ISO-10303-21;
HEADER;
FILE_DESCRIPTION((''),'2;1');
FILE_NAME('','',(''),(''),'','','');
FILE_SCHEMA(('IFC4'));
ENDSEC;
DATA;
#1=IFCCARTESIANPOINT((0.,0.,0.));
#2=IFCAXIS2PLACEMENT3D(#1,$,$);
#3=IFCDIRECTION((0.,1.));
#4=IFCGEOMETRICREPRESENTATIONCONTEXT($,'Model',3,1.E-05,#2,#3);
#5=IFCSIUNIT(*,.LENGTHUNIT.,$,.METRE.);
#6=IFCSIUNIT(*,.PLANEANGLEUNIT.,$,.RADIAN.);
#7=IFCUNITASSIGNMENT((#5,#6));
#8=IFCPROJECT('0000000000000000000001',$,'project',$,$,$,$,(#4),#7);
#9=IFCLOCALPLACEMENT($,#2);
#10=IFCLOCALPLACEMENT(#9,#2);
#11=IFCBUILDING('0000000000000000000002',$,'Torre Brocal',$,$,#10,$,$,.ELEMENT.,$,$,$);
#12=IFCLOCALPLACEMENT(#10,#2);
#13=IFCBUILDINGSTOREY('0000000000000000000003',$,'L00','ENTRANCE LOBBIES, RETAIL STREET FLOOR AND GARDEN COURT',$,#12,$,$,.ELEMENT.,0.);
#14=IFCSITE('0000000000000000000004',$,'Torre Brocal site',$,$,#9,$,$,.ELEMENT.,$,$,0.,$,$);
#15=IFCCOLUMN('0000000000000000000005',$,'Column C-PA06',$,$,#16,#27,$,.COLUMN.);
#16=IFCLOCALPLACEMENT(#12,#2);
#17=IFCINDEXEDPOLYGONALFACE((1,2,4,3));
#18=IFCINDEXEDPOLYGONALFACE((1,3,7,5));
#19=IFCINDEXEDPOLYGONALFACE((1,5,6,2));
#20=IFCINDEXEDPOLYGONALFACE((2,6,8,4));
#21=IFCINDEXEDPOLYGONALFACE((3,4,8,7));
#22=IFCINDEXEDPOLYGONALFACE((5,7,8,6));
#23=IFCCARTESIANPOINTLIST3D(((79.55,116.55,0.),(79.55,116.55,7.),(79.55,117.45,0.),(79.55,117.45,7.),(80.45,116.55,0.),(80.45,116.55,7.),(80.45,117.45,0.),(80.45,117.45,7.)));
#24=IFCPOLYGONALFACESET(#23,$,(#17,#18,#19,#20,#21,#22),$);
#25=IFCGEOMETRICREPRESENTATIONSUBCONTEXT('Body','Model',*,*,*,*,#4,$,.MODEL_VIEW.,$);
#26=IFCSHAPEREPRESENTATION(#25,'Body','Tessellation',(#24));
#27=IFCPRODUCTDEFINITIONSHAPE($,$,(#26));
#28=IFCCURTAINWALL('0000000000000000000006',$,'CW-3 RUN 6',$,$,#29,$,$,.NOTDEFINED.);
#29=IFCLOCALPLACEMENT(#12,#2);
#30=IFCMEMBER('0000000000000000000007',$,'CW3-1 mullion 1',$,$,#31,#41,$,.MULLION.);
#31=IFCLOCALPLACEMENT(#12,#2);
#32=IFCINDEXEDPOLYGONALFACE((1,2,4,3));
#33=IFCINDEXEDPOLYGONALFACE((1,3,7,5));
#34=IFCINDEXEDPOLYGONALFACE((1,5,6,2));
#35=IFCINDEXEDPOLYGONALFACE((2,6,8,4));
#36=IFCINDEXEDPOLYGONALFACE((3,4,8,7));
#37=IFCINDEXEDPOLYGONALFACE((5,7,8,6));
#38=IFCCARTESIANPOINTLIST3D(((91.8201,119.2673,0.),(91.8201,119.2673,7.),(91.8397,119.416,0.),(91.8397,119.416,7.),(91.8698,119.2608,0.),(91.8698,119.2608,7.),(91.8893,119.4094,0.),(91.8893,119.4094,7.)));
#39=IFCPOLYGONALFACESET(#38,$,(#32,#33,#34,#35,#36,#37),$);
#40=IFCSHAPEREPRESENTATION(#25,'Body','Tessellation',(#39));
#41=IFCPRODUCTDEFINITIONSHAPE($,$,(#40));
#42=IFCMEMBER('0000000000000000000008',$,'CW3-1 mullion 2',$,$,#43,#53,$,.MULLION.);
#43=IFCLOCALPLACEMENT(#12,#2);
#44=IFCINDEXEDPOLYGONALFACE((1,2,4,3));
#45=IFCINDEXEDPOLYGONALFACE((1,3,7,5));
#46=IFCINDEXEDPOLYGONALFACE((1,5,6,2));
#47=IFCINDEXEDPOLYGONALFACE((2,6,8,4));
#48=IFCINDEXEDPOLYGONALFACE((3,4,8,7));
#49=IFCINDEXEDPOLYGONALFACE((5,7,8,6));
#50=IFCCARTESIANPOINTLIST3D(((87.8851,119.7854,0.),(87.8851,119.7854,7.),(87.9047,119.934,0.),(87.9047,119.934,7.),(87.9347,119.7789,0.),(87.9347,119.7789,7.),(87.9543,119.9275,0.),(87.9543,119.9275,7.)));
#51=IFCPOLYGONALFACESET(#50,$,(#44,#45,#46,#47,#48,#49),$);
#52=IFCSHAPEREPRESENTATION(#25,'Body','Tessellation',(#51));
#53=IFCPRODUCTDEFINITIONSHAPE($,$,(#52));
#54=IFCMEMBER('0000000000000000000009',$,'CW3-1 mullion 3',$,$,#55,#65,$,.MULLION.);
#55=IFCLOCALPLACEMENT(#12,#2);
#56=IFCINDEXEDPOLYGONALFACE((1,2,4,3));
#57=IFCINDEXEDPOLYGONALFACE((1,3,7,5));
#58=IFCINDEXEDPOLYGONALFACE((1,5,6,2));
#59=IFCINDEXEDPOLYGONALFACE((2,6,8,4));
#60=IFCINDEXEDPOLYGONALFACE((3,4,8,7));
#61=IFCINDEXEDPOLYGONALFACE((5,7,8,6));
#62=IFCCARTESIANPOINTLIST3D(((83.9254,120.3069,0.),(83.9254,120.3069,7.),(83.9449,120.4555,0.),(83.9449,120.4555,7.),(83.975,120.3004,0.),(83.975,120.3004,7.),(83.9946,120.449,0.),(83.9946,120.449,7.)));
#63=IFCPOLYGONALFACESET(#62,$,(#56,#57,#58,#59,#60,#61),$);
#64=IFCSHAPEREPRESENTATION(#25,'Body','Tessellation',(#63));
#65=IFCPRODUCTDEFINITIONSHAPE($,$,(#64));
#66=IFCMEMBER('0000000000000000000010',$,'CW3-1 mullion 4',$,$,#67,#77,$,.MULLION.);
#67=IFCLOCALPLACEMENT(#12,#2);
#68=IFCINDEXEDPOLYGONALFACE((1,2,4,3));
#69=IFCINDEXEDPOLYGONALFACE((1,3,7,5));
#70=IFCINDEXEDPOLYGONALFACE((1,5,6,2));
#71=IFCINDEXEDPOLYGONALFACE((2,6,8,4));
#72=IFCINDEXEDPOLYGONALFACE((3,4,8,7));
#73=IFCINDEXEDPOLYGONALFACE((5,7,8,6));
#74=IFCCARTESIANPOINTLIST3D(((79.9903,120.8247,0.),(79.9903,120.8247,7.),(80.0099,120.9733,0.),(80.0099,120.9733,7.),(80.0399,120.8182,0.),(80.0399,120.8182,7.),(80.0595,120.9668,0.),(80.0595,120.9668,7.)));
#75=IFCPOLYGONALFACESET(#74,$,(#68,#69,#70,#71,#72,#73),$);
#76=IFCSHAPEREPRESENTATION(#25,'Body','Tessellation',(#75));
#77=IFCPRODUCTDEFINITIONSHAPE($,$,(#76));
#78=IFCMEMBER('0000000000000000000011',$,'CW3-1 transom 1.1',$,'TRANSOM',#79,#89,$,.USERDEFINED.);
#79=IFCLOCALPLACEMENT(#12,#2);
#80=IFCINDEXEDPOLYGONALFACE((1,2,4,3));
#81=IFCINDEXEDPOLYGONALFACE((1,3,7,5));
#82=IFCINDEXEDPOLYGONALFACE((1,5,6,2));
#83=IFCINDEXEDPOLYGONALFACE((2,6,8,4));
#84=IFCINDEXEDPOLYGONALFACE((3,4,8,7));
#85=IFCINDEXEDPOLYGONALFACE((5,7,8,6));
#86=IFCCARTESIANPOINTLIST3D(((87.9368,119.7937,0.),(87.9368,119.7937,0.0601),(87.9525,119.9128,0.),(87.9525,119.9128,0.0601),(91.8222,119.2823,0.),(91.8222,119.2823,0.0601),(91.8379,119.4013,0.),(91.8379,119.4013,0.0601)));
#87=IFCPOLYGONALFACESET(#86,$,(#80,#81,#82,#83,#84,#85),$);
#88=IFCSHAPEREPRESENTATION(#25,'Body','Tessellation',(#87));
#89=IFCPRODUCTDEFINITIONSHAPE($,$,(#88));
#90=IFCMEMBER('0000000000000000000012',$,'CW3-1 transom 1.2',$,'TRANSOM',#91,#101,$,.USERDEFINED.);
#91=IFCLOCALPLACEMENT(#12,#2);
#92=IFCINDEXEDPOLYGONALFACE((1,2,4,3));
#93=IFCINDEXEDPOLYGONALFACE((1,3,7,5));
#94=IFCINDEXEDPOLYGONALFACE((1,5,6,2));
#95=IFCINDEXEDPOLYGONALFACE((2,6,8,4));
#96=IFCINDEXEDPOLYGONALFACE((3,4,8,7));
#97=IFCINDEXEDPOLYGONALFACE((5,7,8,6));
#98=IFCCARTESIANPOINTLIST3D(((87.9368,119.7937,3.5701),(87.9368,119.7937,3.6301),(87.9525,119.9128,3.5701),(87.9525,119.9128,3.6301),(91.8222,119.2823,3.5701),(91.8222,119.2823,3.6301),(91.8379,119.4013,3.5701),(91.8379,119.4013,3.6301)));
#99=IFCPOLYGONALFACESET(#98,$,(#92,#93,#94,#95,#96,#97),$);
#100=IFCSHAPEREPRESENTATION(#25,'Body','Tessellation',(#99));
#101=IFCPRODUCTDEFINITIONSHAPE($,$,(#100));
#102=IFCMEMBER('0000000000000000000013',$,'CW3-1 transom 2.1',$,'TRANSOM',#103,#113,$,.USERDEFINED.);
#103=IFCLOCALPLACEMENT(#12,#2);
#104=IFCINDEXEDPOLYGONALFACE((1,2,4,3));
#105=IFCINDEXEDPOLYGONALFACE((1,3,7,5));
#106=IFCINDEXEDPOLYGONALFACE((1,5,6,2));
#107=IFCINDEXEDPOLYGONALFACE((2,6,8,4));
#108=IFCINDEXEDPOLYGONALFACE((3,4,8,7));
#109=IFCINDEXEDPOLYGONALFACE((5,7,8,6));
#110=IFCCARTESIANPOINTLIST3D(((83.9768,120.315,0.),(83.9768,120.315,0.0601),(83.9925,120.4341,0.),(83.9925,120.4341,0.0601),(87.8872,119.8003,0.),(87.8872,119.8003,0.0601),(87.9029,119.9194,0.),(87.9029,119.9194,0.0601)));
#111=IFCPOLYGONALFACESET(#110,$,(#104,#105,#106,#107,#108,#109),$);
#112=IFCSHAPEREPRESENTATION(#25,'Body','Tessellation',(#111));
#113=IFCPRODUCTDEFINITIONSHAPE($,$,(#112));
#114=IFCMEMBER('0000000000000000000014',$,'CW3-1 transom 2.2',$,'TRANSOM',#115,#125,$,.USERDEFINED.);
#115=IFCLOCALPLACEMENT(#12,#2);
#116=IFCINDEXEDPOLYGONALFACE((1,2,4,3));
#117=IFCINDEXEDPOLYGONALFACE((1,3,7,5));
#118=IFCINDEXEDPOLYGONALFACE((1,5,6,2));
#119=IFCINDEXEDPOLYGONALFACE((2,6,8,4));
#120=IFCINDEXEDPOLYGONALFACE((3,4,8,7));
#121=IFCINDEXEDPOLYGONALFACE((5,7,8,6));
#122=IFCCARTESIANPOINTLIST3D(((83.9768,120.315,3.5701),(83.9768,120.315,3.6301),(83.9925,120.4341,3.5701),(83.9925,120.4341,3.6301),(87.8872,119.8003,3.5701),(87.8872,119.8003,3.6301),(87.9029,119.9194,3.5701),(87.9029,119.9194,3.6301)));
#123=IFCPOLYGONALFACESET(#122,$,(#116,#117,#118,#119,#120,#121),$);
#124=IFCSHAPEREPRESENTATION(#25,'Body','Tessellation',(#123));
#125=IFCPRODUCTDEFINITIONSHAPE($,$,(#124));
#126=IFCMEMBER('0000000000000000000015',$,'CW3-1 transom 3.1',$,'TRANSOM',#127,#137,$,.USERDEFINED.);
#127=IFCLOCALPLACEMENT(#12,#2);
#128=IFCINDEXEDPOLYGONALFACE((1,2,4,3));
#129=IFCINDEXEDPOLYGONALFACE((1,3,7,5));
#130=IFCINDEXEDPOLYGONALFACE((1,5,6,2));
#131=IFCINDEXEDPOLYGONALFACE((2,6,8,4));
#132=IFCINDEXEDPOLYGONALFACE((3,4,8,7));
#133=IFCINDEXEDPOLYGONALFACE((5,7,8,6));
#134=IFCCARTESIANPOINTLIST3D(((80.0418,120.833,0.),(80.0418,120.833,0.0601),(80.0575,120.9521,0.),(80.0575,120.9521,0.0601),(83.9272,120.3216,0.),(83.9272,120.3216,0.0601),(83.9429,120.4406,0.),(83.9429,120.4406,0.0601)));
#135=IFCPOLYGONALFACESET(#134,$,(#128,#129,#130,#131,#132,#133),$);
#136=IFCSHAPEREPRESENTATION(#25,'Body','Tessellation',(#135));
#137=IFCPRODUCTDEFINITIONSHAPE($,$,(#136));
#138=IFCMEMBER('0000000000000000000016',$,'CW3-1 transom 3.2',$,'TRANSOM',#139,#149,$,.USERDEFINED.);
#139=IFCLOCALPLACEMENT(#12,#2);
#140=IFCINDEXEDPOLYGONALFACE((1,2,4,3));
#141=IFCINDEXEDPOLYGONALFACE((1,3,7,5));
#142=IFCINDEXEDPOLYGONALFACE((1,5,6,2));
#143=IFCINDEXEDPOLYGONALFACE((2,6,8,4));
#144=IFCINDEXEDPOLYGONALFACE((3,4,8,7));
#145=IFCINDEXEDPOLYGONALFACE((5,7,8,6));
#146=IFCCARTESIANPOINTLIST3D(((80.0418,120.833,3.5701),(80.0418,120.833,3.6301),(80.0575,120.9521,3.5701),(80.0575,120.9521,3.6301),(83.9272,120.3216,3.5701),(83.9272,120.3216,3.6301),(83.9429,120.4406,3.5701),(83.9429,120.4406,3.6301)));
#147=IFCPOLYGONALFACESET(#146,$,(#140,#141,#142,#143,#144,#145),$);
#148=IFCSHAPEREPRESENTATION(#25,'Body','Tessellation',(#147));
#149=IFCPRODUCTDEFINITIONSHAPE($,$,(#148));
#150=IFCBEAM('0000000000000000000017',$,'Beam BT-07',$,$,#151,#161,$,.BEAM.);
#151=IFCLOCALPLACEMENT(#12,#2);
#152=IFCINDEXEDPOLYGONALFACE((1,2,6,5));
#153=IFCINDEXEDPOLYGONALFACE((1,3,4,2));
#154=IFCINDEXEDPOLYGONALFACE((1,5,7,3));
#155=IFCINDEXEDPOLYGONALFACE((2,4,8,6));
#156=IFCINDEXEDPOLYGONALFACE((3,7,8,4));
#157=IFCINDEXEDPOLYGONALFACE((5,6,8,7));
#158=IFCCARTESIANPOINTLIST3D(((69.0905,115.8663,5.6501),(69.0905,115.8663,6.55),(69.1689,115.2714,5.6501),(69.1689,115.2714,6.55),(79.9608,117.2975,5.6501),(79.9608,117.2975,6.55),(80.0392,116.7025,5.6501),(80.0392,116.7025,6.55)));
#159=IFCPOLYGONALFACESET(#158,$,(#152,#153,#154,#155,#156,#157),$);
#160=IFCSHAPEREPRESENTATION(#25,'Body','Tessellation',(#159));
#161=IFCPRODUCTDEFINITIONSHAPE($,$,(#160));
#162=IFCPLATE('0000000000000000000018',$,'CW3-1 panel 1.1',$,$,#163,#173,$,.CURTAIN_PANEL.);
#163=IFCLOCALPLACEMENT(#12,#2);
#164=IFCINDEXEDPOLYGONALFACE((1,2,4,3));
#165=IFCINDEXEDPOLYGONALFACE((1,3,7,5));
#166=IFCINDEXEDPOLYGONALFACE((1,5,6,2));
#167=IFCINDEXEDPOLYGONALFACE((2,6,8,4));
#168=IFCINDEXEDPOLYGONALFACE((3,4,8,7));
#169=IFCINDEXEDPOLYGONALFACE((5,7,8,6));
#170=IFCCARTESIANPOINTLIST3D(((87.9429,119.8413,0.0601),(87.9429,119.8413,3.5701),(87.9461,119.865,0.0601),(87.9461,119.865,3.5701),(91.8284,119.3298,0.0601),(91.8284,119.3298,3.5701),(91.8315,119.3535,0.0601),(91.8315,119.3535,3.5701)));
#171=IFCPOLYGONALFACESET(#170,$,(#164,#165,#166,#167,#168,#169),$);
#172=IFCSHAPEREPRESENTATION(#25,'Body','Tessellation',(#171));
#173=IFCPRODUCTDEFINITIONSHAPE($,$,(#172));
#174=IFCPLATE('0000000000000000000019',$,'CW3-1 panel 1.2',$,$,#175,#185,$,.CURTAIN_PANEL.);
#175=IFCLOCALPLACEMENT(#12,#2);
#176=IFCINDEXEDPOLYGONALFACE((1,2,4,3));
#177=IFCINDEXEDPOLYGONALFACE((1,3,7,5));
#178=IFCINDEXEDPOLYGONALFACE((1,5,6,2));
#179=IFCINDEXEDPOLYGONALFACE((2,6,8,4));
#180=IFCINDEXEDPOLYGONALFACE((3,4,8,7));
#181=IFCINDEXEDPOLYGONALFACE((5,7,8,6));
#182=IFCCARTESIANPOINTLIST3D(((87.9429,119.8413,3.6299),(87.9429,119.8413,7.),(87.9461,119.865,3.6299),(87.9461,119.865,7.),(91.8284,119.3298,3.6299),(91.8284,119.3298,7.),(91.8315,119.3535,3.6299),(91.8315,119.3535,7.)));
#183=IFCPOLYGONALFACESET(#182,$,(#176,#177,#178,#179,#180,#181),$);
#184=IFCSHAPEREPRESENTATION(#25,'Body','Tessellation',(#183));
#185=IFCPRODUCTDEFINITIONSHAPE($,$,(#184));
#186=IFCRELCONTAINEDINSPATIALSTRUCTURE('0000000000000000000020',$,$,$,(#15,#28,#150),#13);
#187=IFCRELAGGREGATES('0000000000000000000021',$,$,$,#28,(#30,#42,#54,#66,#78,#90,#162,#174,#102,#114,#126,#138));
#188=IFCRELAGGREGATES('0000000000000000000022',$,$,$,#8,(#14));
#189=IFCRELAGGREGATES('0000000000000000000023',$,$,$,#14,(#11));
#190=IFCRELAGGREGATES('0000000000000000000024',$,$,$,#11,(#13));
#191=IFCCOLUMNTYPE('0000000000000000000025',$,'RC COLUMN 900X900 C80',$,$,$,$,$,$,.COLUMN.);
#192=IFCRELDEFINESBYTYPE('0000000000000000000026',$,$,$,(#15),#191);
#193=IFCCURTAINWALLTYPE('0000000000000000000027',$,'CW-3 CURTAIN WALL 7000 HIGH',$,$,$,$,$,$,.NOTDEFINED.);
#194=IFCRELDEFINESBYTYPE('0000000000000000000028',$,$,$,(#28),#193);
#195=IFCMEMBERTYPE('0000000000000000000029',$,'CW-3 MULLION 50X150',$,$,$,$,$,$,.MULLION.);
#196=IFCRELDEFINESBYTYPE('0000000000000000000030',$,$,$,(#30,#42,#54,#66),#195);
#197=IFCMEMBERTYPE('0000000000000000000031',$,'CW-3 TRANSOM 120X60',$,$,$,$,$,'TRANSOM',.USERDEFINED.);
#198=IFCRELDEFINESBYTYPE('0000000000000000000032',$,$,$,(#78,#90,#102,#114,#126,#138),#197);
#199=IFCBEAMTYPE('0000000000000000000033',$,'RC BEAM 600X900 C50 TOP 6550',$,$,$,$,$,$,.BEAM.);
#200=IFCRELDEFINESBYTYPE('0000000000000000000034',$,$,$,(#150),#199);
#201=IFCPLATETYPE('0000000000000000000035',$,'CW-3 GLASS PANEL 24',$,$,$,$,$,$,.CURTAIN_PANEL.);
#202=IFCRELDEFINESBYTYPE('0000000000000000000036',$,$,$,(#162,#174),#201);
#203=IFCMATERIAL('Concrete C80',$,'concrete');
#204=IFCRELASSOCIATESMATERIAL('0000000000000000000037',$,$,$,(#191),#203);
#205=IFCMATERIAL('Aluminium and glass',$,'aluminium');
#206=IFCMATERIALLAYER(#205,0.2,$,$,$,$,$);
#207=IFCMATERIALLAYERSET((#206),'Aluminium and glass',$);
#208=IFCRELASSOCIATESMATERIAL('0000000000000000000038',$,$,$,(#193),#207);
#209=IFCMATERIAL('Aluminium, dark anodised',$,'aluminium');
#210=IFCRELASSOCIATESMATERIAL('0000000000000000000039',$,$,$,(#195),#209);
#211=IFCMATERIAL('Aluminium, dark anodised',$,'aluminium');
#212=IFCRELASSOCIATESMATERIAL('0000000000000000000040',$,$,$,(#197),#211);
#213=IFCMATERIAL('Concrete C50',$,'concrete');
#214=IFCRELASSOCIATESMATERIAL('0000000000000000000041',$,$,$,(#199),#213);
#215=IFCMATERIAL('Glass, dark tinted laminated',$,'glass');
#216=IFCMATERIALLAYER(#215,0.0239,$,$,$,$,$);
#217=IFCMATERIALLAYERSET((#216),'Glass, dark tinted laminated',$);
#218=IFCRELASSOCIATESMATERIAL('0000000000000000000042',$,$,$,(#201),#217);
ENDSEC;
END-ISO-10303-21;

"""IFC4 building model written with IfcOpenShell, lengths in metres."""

from ifc_helpers import new_model, si_unit, direction, frame, origin, origin_2d, place, context, subcontext, project, spatial, rectangle, extrude, material, layer, layer_set, material_profile, profile_set, type_object, element, aggregate, save


model = new_model("IFC4")

# Units and contexts
model_context = context("Model", 3, precision=1e-05, world=origin(), true_north=direction((0.0, 1.0)))
body_context = subcontext(model_context, "Body", "Model", "MODEL_VIEW")
ifc_project = project(units=[si_unit("LENGTHUNIT", "METRE"), si_unit("PLANEANGLEUNIT", "RADIAN")], contexts=[model_context])

# Site, building, storey
site_placement = place(None, origin())
site = spatial("IfcSite", under=ifc_project, at=site_placement, Name="Torre Brocal site", CompositionType="ELEMENT", RefElevation=0.0)
building_placement = place(site_placement, origin())
building = spatial("IfcBuilding", under=site, at=building_placement, Name="Torre Brocal", CompositionType="ELEMENT")
storey_placement = place(building_placement, origin())
storey = spatial("IfcBuildingStorey", under=building, at=storey_placement, Name="L00", Description="ENTRANCE LOBBIES, RETAIL STREET FLOOR AND GARDEN COURT", CompositionType="ELEMENT", Elevation=0.0)

# Column
ifc_material_1 = material(Name="Concrete C80", Category="concrete")
ifc_material_profile_1 = material_profile(ifc_material_1, rectangle(XDim=0.8999, YDim=0.8999, at=origin_2d()), Name="RC 900X900")
ifc_profile_set_1 = profile_set([ifc_material_profile_1], Name="Concrete C80")
column_type = type_object("IfcColumnType", Name="RC COLUMN 900X900 C80", PredefinedType="COLUMN", material=ifc_profile_set_1)
column_placement = place(storey_placement, frame((80.0, 117.0, 0.0), z_axis=(0.0, 0.0, 1.0), x_axis=(0.0, 1.0, 0.0)))
element("IfcColumn", 1, at=column_placement, inside=storey, type_object=column_type, Name="Column C-PA06", PredefinedType="COLUMN", context=body_context, shape_type="SweptSolid", body=[
    extrude(rectangle(XDim=0.8999, YDim=0.8999, at=origin_2d()), origin(), (0.0, 0.0, 1.0), 7.0),
])

# Curtain wall, members
ifc_material_2 = material(Name="Aluminium and glass", Category="aluminium")
ifc_layer_1 = layer(ifc_material_2, 0.2)
ifc_layer_set_1 = layer_set([ifc_layer_1], Name="Aluminium and glass")
curtain_wall_type = type_object("IfcCurtainWallType", Name="CW-3 CURTAIN WALL 7000 HIGH", PredefinedType="NOTDEFINED", material=ifc_layer_set_1)
curtain_wall_placement = place(storey_placement, origin())
curtain_wall = element("IfcCurtainWall", 2, at=curtain_wall_placement, inside=storey, type_object=curtain_wall_type, Name="CW-3 RUN 6", PredefinedType="NOTDEFINED")
ifc_material_3 = material(Name="Aluminium, dark anodised", Category="aluminium")
ifc_material_profile_2 = material_profile(ifc_material_3, rectangle(XDim=0.1499, YDim=0.05, at=origin_2d()), Name="CW-3 MULLION 50X150")
ifc_profile_set_2 = profile_set([ifc_material_profile_2], Name="Aluminium, dark anodised")
member_type_1 = type_object("IfcMemberType", Name="CW-3 MULLION 50X150", PredefinedType="MULLION", material=ifc_profile_set_2)
member_1_placement = place(storey_placement, frame((91.8547, 119.3384, 0.0), z_axis=(0.0, 0.0, 1.0), x_axis=(-0.130526, -0.991445, 0.0)))
member_1 = element("IfcMember", 3, at=member_1_placement, type_object=member_type_1, Name="CW3-1 mullion 1", PredefinedType="MULLION", context=body_context, shape_type="SweptSolid", body=[
    extrude(rectangle(XDim=0.1499, YDim=0.05, at=origin_2d()), origin(), (0.0, 0.0, 1.0), 7.0),
])
member_2_placement = place(storey_placement, frame((87.9197, 119.8564, 0.0), z_axis=(0.0, 0.0, 1.0), x_axis=(-0.130526, -0.991445, 0.0)))
member_2 = element("IfcMember", 4, at=member_2_placement, type_object=member_type_1, Name="CW3-1 mullion 2", PredefinedType="MULLION", context=body_context, shape_type="SweptSolid", body=[
    extrude(rectangle(XDim=0.1499, YDim=0.05, at=origin_2d()), origin(), (0.0, 0.0, 1.0), 7.0),
])
member_3_placement = place(storey_placement, frame((83.96, 120.3779, 0.0), z_axis=(0.0, 0.0, 1.0), x_axis=(-0.130526, -0.991445, 0.0)))
member_3 = element("IfcMember", 5, at=member_3_placement, type_object=member_type_1, Name="CW3-1 mullion 3", PredefinedType="MULLION", context=body_context, shape_type="SweptSolid", body=[
    extrude(rectangle(XDim=0.1499, YDim=0.05, at=origin_2d()), origin(), (0.0, 0.0, 1.0), 7.0),
])
member_4_placement = place(storey_placement, frame((80.0249, 120.8958, 0.0), z_axis=(0.0, 0.0, 1.0), x_axis=(-0.130526, -0.991445, 0.0)))
member_4 = element("IfcMember", 6, at=member_4_placement, type_object=member_type_1, Name="CW3-1 mullion 4", PredefinedType="MULLION", context=body_context, shape_type="SweptSolid", body=[
    extrude(rectangle(XDim=0.1499, YDim=0.05, at=origin_2d()), origin(), (0.0, 0.0, 1.0), 7.0),
])
ifc_material_4 = material(Name="Aluminium, dark anodised", Category="aluminium")
ifc_material_profile_3 = material_profile(ifc_material_4, rectangle(XDim=0.1201, YDim=0.0601, at=origin_2d()), Name="CW-3 TRANSOM 120X60")
ifc_profile_set_3 = profile_set([ifc_material_profile_3], Name="Aluminium, dark anodised")
member_type_2 = type_object("IfcMemberType", Name="CW-3 TRANSOM 120X60", ElementType="TRANSOM", PredefinedType="USERDEFINED", material=ifc_profile_set_3)
member_5_placement = place(storey_placement, frame((91.8301, 119.3418, 0.03), z_axis=(-0.991447, 0.130511, 0.0), x_axis=(-0.130511, -0.991447, 0.0)))
member_5 = element("IfcMember", 7, at=member_5_placement, type_object=member_type_2, Name="CW3-1 transom 1.1", ObjectType="TRANSOM", PredefinedType="USERDEFINED", context=body_context, shape_type="SweptSolid", body=[
    extrude(rectangle(XDim=0.1201, YDim=0.0601, at=origin_2d()), origin(), (0.0, 0.0, 1.0), 3.9189),
])
member_6_placement = place(storey_placement, frame((91.8301, 119.3418, 3.6001), z_axis=(-0.991447, 0.130511, 0.0), x_axis=(-0.130511, -0.991447, 0.0)))
member_6 = element("IfcMember", 8, at=member_6_placement, type_object=member_type_2, Name="CW3-1 transom 1.2", ObjectType="TRANSOM", PredefinedType="USERDEFINED", context=body_context, shape_type="SweptSolid", body=[
    extrude(rectangle(XDim=0.1201, YDim=0.0601, at=origin_2d()), origin(), (0.0, 0.0, 1.0), 3.9189),
])
member_7_placement = place(storey_placement, frame((87.895, 119.8599, 0.03), z_axis=(-0.99145, 0.130485, 0.0), x_axis=(-0.130485, -0.99145, 0.0)))
member_7 = element("IfcMember", 9, at=member_7_placement, type_object=member_type_2, Name="CW3-1 transom 2.1", ObjectType="TRANSOM", PredefinedType="USERDEFINED", context=body_context, shape_type="SweptSolid", body=[
    extrude(rectangle(XDim=0.1201, YDim=0.0601, at=origin_2d()), origin(), (0.0, 0.0, 1.0), 3.9441),
])
member_8_placement = place(storey_placement, frame((87.895, 119.8599, 3.6001), z_axis=(-0.99145, 0.130485, 0.0), x_axis=(-0.130485, -0.99145, 0.0)))
member_8 = element("IfcMember", 10, at=member_8_placement, type_object=member_type_2, Name="CW3-1 transom 2.2", ObjectType="TRANSOM", PredefinedType="USERDEFINED", context=body_context, shape_type="SweptSolid", body=[
    extrude(rectangle(XDim=0.1201, YDim=0.0601, at=origin_2d()), origin(), (0.0, 0.0, 1.0), 3.9441),
])
member_9_placement = place(storey_placement, frame((83.9351, 120.3811, 0.03), z_axis=(-0.991447, 0.130511, 0.0), x_axis=(-0.130511, -0.991447, 0.0)))
member_9 = element("IfcMember", 11, at=member_9_placement, type_object=member_type_2, Name="CW3-1 transom 3.1", ObjectType="TRANSOM", PredefinedType="USERDEFINED", context=body_context, shape_type="SweptSolid", body=[
    extrude(rectangle(XDim=0.1201, YDim=0.0601, at=origin_2d()), origin(), (0.0, 0.0, 1.0), 3.9189),
])
member_10_placement = place(storey_placement, frame((83.9351, 120.3811, 3.6001), z_axis=(-0.991447, 0.130511, 0.0), x_axis=(-0.130511, -0.991447, 0.0)))
member_10 = element("IfcMember", 12, at=member_10_placement, type_object=member_type_2, Name="CW3-1 transom 3.2", ObjectType="TRANSOM", PredefinedType="USERDEFINED", context=body_context, shape_type="SweptSolid", body=[
    extrude(rectangle(XDim=0.1201, YDim=0.0601, at=origin_2d()), origin(), (0.0, 0.0, 1.0), 3.9189),
])

# Beam
ifc_material_5 = material(Name="Concrete C50", Category="concrete")
ifc_material_profile_4 = material_profile(ifc_material_5, rectangle(XDim=0.6001, YDim=0.8999, at=origin_2d()), Name="RC 600X900")
ifc_profile_set_4 = profile_set([ifc_material_profile_4], Name="Concrete C50")
beam_type = type_object("IfcBeamType", Name="RC BEAM 600X900 C50 TOP 6550", PredefinedType="BEAM", material=ifc_profile_set_4)
beam_placement = place(storey_placement, frame((80.0, 117.0, 6.1001), z_axis=(-0.991444, -0.13053, 0.0), x_axis=(0.13053, -0.991444, 0.0)))
element("IfcBeam", 13, at=beam_placement, inside=storey, type_object=beam_type, Name="Beam BT-07", PredefinedType="BEAM", context=body_context, shape_type="SweptSolid", body=[
    extrude(rectangle(XDim=0.6001, YDim=0.8999, at=origin_2d()), origin(), (0.0, 0.0, 1.0), 10.9641),
])

# Plates
ifc_material_6 = material(Name="Glass, dark tinted laminated", Category="glass")
ifc_layer_2 = layer(ifc_material_6, 0.0239)
ifc_layer_set_2 = layer_set([ifc_layer_2], Name="Glass, dark tinted laminated")
plate_type = type_object("IfcPlateType", Name="CW-3 GLASS PANEL 24", PredefinedType="CURTAIN_PANEL", material=ifc_layer_set_2)
plate_1_placement = place(storey_placement, frame((89.8872, 119.5974, 0.0601), z_axis=(0.0, 0.0, 1.0), x_axis=(-0.991445, 0.130526, 0.0)))
plate_1 = element("IfcPlate", 14, at=plate_1_placement, type_object=plate_type, Name="CW3-1 panel 1.1", PredefinedType="CURTAIN_PANEL", context=body_context, shape_type="SweptSolid", body=[
    extrude(rectangle(XDim=3.9189, YDim=0.0239, at=origin_2d()), origin(), (0.0, 0.0, 1.0), 3.51),
])
plate_2_placement = place(storey_placement, frame((89.8872, 119.5974, 3.6299), z_axis=(0.0, 0.0, 1.0), x_axis=(-0.991445, 0.130526, 0.0)))
plate_2 = element("IfcPlate", 15, at=plate_2_placement, type_object=plate_type, Name="CW3-1 panel 1.2", PredefinedType="CURTAIN_PANEL", context=body_context, shape_type="SweptSolid", body=[
    extrude(rectangle(XDim=3.9189, YDim=0.0239, at=origin_2d()), origin(), (0.0, 0.0, 1.0), 3.3701),
])
aggregate(curtain_wall, [member_1, member_2, member_3, member_4, member_5, member_6, plate_1, plate_2, member_7, member_8, member_9, member_10])

save(model, "model.ifc")
